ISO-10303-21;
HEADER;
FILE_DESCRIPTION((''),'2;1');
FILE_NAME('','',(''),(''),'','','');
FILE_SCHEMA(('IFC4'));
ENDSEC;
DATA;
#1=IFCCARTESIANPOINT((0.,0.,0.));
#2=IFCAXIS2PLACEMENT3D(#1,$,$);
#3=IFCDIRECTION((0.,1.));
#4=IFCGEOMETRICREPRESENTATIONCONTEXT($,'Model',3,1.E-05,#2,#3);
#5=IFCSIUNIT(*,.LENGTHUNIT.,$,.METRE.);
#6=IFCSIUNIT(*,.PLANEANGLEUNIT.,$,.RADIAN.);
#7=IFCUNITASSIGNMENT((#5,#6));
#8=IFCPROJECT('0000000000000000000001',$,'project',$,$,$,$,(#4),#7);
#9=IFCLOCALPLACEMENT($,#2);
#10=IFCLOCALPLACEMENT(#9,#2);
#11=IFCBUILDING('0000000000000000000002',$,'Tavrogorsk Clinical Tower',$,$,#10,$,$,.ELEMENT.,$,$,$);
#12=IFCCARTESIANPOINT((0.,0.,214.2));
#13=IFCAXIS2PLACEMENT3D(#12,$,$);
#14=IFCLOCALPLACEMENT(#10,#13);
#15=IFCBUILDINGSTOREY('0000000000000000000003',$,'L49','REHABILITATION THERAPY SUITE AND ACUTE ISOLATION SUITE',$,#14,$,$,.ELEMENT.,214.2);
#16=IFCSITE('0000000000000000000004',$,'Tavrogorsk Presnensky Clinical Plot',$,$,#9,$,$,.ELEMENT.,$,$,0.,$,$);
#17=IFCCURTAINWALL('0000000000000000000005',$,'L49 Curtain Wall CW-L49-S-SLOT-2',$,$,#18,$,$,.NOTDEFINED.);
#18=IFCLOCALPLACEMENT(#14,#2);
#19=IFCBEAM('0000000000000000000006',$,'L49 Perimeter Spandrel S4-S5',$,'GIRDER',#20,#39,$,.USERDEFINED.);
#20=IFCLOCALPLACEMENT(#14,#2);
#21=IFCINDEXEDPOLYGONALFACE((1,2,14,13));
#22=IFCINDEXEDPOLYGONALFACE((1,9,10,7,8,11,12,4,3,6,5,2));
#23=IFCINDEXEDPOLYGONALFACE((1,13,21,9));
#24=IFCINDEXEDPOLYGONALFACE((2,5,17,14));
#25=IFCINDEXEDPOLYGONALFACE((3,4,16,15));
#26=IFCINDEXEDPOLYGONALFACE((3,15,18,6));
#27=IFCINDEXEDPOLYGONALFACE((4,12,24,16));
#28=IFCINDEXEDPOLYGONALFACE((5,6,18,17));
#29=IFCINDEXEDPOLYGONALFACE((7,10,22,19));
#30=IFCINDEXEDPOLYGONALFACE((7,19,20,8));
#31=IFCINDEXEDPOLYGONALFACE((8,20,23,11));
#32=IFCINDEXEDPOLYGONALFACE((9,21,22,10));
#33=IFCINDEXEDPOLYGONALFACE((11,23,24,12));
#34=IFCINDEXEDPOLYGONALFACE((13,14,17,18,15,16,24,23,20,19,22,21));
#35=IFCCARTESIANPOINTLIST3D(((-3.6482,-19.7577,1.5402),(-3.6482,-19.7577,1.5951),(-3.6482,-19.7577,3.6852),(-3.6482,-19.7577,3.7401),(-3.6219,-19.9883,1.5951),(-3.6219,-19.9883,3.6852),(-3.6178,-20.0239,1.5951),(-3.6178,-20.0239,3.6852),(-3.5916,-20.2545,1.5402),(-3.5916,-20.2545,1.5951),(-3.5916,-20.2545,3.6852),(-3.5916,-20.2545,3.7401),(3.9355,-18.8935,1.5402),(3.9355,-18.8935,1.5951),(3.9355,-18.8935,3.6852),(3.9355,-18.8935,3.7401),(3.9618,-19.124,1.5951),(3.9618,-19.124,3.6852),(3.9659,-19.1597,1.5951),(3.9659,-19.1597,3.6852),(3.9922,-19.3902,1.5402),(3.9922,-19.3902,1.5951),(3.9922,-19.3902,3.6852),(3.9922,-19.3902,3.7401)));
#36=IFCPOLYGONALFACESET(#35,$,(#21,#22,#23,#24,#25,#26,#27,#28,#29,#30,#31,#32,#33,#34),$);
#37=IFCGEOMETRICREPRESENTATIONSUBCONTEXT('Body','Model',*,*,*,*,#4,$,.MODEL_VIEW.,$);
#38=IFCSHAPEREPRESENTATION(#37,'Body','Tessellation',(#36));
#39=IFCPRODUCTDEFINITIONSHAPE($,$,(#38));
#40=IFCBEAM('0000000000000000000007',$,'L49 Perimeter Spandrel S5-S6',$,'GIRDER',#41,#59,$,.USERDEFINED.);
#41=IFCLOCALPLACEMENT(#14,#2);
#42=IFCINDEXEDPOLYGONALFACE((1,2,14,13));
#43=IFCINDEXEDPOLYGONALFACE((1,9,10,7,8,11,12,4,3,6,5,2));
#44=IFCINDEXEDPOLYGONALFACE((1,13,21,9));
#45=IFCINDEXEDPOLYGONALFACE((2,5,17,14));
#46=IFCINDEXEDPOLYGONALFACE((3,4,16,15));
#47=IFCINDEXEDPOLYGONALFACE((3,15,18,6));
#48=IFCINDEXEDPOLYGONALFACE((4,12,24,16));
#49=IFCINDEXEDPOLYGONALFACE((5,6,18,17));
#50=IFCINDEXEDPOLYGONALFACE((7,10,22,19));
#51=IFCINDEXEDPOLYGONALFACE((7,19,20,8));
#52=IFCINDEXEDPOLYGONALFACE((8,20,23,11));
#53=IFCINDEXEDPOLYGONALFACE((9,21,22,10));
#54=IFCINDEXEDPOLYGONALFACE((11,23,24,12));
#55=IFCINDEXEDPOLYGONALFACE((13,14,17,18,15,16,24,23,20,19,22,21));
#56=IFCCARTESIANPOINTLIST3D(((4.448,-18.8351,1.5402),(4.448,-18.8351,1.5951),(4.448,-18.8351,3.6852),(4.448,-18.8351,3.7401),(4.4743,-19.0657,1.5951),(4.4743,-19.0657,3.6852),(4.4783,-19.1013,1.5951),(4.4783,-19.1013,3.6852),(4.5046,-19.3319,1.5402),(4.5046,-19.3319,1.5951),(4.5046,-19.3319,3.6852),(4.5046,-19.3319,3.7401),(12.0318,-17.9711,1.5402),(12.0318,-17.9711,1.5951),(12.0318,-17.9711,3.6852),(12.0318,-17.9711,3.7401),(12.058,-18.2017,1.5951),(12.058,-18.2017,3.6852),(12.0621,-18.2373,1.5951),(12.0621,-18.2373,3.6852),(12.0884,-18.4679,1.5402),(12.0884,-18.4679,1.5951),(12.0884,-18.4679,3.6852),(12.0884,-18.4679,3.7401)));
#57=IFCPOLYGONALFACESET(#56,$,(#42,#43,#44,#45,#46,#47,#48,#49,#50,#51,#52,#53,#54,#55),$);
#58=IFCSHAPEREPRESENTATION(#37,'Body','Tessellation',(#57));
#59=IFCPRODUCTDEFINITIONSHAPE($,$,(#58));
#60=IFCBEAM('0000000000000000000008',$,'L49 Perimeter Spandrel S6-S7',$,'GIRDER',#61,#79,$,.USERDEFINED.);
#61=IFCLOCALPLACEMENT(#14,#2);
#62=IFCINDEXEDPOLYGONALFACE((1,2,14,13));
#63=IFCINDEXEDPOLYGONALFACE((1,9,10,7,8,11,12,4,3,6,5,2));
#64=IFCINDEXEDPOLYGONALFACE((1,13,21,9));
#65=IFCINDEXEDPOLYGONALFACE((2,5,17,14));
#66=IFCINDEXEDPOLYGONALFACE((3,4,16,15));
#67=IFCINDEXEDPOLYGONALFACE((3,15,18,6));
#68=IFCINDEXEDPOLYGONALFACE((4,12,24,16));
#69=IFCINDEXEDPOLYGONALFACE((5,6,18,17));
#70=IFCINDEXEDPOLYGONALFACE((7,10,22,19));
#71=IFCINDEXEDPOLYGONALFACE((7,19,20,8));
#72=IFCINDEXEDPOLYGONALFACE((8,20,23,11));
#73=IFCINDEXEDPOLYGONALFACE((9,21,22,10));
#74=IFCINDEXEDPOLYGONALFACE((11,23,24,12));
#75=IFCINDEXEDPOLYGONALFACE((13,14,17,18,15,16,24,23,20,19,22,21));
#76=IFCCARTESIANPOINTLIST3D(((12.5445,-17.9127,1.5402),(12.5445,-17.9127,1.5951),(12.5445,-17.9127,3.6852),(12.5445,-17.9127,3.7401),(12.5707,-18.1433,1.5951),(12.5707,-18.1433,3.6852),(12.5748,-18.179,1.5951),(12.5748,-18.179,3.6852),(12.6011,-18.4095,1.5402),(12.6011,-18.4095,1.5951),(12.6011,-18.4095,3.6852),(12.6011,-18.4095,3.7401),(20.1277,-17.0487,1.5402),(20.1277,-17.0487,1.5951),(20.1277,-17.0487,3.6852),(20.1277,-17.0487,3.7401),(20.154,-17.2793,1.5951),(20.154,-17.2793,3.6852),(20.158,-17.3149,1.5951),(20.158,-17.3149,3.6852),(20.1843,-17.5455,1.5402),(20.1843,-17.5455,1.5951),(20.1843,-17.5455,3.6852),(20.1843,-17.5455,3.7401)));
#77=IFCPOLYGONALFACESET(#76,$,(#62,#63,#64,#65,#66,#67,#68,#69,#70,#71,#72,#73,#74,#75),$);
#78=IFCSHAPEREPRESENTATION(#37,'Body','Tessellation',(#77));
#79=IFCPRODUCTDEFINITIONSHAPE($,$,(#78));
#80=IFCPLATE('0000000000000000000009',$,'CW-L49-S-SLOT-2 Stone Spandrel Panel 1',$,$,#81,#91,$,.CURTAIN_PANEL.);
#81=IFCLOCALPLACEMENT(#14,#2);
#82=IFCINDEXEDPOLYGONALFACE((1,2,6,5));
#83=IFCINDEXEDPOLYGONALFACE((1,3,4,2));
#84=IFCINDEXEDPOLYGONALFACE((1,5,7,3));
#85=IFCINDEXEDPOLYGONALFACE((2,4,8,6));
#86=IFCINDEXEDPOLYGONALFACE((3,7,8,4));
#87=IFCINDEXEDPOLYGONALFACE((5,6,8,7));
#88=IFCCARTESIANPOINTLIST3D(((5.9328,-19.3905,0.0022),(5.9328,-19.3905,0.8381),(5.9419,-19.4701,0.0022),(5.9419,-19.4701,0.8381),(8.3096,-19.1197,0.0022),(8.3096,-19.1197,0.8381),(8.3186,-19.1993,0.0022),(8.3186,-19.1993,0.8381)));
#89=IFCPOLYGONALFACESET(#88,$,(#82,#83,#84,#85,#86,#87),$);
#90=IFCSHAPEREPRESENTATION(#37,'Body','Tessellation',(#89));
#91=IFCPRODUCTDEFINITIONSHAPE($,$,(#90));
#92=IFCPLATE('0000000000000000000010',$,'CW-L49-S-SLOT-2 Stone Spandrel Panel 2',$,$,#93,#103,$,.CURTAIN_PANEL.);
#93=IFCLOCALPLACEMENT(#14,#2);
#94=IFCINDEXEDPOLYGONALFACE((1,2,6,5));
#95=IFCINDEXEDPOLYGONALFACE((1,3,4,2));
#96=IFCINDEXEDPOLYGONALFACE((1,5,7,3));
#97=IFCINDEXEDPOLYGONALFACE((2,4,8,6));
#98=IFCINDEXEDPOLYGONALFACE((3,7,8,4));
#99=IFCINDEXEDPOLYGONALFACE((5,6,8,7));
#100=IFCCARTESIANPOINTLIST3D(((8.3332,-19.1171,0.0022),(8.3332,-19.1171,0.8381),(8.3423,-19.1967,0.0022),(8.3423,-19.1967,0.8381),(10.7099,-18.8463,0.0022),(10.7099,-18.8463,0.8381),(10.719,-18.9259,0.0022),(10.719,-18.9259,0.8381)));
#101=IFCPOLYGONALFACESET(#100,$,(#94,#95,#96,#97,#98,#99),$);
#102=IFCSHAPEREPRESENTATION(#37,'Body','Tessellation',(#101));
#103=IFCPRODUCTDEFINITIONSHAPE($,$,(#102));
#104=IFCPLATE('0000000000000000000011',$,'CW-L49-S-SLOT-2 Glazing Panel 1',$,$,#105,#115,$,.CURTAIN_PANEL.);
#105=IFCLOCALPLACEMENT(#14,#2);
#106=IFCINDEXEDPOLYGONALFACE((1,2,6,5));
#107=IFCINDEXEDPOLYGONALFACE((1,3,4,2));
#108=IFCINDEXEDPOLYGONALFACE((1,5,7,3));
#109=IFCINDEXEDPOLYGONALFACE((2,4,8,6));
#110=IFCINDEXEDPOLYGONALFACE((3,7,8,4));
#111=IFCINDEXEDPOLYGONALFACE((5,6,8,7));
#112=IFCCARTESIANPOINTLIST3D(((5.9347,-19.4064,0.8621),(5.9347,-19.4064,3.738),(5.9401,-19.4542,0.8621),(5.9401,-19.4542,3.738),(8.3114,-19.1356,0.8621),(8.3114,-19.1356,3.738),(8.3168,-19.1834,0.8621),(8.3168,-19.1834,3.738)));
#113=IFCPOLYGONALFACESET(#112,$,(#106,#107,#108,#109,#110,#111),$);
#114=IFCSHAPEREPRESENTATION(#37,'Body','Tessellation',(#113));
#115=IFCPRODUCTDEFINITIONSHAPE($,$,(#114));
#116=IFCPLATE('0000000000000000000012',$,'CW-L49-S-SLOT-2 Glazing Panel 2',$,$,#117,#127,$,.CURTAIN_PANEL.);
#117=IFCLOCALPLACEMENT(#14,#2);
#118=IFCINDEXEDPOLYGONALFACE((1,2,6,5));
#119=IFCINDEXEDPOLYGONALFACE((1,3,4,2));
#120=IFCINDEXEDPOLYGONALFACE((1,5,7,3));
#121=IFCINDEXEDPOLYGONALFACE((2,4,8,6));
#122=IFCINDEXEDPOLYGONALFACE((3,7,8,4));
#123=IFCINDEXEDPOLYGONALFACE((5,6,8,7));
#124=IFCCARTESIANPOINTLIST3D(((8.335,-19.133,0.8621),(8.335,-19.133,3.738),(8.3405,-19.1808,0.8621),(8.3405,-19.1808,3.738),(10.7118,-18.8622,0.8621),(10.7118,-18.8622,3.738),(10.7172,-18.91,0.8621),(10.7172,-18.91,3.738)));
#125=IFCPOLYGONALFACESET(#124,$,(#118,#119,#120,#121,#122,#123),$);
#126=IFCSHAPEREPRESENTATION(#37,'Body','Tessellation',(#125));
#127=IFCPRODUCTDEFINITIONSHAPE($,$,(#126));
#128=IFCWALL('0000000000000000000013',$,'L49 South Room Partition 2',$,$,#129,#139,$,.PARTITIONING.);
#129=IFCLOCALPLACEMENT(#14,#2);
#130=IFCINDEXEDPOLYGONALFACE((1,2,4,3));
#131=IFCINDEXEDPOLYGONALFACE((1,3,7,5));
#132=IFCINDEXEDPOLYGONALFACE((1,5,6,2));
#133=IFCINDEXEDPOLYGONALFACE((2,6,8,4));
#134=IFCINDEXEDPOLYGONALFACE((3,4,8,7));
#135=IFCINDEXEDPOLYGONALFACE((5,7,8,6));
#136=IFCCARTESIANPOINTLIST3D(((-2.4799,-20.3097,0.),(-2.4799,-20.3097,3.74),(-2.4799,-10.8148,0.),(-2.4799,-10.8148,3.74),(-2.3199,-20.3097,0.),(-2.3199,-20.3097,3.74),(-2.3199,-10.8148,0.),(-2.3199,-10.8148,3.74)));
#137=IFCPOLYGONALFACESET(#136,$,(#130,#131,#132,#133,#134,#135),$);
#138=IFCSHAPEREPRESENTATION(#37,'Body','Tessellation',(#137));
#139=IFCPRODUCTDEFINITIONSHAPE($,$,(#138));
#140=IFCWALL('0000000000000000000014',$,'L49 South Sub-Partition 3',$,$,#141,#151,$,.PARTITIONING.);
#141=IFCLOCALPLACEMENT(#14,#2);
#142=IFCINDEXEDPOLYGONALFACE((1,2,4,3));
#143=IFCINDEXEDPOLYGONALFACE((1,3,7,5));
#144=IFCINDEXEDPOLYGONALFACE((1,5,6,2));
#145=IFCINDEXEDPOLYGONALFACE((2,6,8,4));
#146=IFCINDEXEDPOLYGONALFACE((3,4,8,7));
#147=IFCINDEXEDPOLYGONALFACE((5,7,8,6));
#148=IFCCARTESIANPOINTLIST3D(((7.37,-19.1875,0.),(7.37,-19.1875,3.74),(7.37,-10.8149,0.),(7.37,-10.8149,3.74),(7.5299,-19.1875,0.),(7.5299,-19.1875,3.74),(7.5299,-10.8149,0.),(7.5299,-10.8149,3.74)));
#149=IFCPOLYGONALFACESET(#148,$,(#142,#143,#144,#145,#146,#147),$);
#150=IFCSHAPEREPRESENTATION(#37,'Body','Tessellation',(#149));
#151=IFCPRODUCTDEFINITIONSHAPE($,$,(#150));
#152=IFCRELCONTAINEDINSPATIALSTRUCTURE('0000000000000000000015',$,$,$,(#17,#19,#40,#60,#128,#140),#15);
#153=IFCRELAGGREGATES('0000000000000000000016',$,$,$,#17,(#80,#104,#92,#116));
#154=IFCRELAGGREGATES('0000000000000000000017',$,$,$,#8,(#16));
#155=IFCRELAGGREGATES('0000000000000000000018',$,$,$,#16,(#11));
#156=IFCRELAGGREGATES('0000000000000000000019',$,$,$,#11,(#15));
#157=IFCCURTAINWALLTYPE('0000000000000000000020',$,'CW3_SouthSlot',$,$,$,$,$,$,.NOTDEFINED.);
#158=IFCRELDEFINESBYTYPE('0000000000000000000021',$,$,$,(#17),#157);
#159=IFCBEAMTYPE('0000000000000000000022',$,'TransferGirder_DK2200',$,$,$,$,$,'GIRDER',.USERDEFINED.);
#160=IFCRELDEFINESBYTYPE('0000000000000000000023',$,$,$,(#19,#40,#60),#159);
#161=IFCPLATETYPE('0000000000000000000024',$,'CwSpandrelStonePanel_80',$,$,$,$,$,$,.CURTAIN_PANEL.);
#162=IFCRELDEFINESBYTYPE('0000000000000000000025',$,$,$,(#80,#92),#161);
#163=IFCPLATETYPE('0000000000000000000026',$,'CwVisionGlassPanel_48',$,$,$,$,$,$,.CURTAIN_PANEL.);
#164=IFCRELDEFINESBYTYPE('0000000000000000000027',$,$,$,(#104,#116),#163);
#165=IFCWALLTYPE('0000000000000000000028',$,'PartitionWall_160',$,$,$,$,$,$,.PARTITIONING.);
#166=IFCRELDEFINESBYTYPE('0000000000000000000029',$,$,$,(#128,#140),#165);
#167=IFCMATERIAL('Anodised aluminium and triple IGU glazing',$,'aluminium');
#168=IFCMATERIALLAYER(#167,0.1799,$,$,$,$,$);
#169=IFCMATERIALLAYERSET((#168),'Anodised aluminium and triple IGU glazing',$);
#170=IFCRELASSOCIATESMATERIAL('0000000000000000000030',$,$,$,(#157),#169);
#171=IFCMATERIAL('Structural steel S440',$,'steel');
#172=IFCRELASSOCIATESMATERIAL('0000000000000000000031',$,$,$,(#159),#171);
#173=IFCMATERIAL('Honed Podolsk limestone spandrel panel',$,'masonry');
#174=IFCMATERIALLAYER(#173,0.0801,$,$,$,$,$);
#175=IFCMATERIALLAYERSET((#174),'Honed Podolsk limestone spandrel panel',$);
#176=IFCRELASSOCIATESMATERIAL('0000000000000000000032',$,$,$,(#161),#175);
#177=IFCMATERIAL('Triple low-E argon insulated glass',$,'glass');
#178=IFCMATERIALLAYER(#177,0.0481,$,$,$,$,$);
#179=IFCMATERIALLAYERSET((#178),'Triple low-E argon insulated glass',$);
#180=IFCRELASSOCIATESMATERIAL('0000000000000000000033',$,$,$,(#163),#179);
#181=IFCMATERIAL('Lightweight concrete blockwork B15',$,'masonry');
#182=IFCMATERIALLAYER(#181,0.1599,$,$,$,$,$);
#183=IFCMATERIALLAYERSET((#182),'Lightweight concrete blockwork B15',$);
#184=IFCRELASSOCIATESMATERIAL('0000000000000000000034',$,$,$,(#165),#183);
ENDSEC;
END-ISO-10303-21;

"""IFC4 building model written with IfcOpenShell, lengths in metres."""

from ifc_helpers import new_model, si_unit, direction, frame, frame_2d, origin, origin_2d, place, context, subcontext, project, spatial, rectangle, i_section, extrude, material, layer, layer_set, material_profile, profile_set, type_object, element, aggregate, save


model = new_model("IFC4")

# Units and contexts
model_context = context("Model", 3, precision=1e-05, world=origin(), true_north=direction((0.0, 1.0)))
body_context = subcontext(model_context, "Body", "Model", "MODEL_VIEW")
ifc_project = project(units=[si_unit("LENGTHUNIT", "METRE"), si_unit("PLANEANGLEUNIT", "RADIAN")], contexts=[model_context])

# Site, building, storey
site_placement = place(None, origin())
site = spatial("IfcSite", under=ifc_project, at=site_placement, Name="Tavrogorsk Presnensky Clinical Plot", CompositionType="ELEMENT", RefElevation=0.0)
building_placement = place(site_placement, origin())
building = spatial("IfcBuilding", under=site, at=building_placement, Name="Tavrogorsk Clinical Tower", CompositionType="ELEMENT")
storey_placement = place(building_placement, frame((0.0, 0.0, 214.2)))
storey = spatial("IfcBuildingStorey", under=building, at=storey_placement, Name="L49", Description="REHABILITATION THERAPY SUITE AND ACUTE ISOLATION SUITE", CompositionType="ELEMENT", Elevation=214.2)

# Curtain wall
ifc_material_1 = material(Name="Anodised aluminium and triple IGU glazing", Category="aluminium")
ifc_layer_1 = layer(ifc_material_1, 0.1799)
ifc_layer_set_1 = layer_set([ifc_layer_1], Name="Anodised aluminium and triple IGU glazing")
curtain_wall_type = type_object("IfcCurtainWallType", Name="CW3_SouthSlot", PredefinedType="NOTDEFINED", material=ifc_layer_set_1)
curtain_wall_placement = place(storey_placement, origin())
curtain_wall = element("IfcCurtainWall", 1, at=curtain_wall_placement, inside=storey, type_object=curtain_wall_type, Name="L49 Curtain Wall CW-L49-S-SLOT-2", PredefinedType="NOTDEFINED")

# Beams
ifc_material_2 = material(Name="Structural steel S440", Category="steel")
ifc_material_profile_1 = material_profile(ifc_material_2, i_section(OverallWidth=0.5, OverallDepth=2.2, WebThickness=0.0359, FlangeThickness=0.0549, at=origin_2d()), Name="DK-2200x500x36x55")
ifc_profile_set_1 = profile_set([ifc_material_profile_1], Name="Structural steel S440")
beam_type = type_object("IfcBeamType", Name="TransferGirder_DK2200", ElementType="GIRDER", PredefinedType="USERDEFINED", material=ifc_profile_set_1)
for number, where, z_axis, x_axis, name in (
    (2, (-3.6199, -20.0061, 2.6401), (0.993569, 0.113229, 0.0), (-0.113229, 0.993569, 0.0), "L49 Perimeter Spandrel S4-S5"),
    (3, (4.4763, -19.0835, 2.6401), (0.993573, 0.113197, 0.0), (-0.113197, 0.993573, 0.0), "L49 Perimeter Spandrel S5-S6"),
):
    element("IfcBeam", number, at=place(storey_placement, frame(where, z_axis=z_axis, x_axis=x_axis)), inside=storey, type_object=beam_type, Name=name, ObjectType="GIRDER", PredefinedType="USERDEFINED", context=body_context, shape_type="SweptSolid", body=[
        extrude(i_section(OverallWidth=0.5, OverallDepth=2.2, WebThickness=0.0359, FlangeThickness=0.0549, at=origin_2d()), origin(), (0.0, 0.0, 1.0), 7.6328),
    ])
beam_placement = place(storey_placement, frame((12.5728, -18.1611, 2.6401), z_axis=(0.993572, 0.113205, 0.0), x_axis=(-0.113205, 0.993572, 0.0)))
element("IfcBeam", 4, at=beam_placement, inside=storey, type_object=beam_type, Name="L49 Perimeter Spandrel S6-S7", ObjectType="GIRDER", PredefinedType="USERDEFINED", context=body_context, shape_type="SweptSolid", body=[
    extrude(i_section(OverallWidth=0.5, OverallDepth=2.2, WebThickness=0.0359, FlangeThickness=0.0549, at=origin_2d()), origin(), (0.0, 0.0, 1.0), 7.6323),
])

# Plates
ifc_material_3 = material(Name="Honed Podolsk limestone spandrel panel", Category="masonry")
ifc_layer_2 = layer(ifc_material_3, 0.0801)
ifc_layer_set_2 = layer_set([ifc_layer_2], Name="Honed Podolsk limestone spandrel panel")
plate_type_1 = type_object("IfcPlateType", Name="CwSpandrelStonePanel_80", PredefinedType="CURTAIN_PANEL", material=ifc_layer_set_2)
plate_1_placement = place(storey_placement, frame((7.1257, -19.2949, 0.0022), z_axis=(0.0, 0.0, 1.0), x_axis=(0.993572, 0.113203, 0.0)))
plate_1 = element("IfcPlate", 5, at=plate_1_placement, type_object=plate_type_1, Name="CW-L49-S-SLOT-2 Stone Spandrel Panel 1", PredefinedType="CURTAIN_PANEL", context=body_context, shape_type="SweptSolid", body=[
    extrude(rectangle(XDim=2.3921, YDim=0.0801, at=origin_2d()), origin(), (0.0, 0.0, 1.0), 0.8359),
])
plate_2_placement = place(storey_placement, frame((9.5261, -19.0215, 0.0022), z_axis=(0.0, 0.0, 1.0), x_axis=(0.993572, 0.113203, 0.0)))
plate_2 = element("IfcPlate", 6, at=plate_2_placement, type_object=plate_type_1, Name="CW-L49-S-SLOT-2 Stone Spandrel Panel 2", PredefinedType="CURTAIN_PANEL", context=body_context, shape_type="SweptSolid", body=[
    extrude(rectangle(XDim=2.3921, YDim=0.0801, at=origin_2d()), origin(), (0.0, 0.0, 1.0), 0.8359),
])
ifc_material_4 = material(Name="Triple low-E argon insulated glass", Category="glass")
ifc_layer_3 = layer(ifc_material_4, 0.0481)
ifc_layer_set_3 = layer_set([ifc_layer_3], Name="Triple low-E argon insulated glass")
plate_type_2 = type_object("IfcPlateType", Name="CwVisionGlassPanel_48", PredefinedType="CURTAIN_PANEL", material=ifc_layer_set_3)
plate_3_placement = place(storey_placement, frame((7.1257, -19.2949, 0.8621), z_axis=(0.0, 0.0, 1.0), x_axis=(0.993572, 0.113203, 0.0)))
plate_3 = element("IfcPlate", 7, at=plate_3_placement, type_object=plate_type_2, Name="CW-L49-S-SLOT-2 Glazing Panel 1", PredefinedType="CURTAIN_PANEL", context=body_context, shape_type="SweptSolid", body=[
    extrude(rectangle(XDim=2.3921, YDim=0.0481, at=origin_2d()), origin(), (0.0, 0.0, 1.0), 2.876),
])
plate_4_placement = place(storey_placement, frame((9.5261, -19.0215, 0.8621), z_axis=(0.0, 0.0, 1.0), x_axis=(0.993572, 0.113203, 0.0)))
plate_4 = element("IfcPlate", 8, at=plate_4_placement, type_object=plate_type_2, Name="CW-L49-S-SLOT-2 Glazing Panel 2", PredefinedType="CURTAIN_PANEL", context=body_context, shape_type="SweptSolid", body=[
    extrude(rectangle(XDim=2.3921, YDim=0.0481, at=origin_2d()), origin(), (0.0, 0.0, 1.0), 2.876),
])
aggregate(curtain_wall, [plate_1, plate_3, plate_2, plate_4])

# Walls
ifc_material_5 = material(Name="Lightweight concrete blockwork B15", Category="masonry")
ifc_layer_4 = layer(ifc_material_5, 0.1599)
ifc_layer_set_4 = layer_set([ifc_layer_4], Name="Lightweight concrete blockwork B15")
wall_type_1 = type_object("IfcWallType", Name="PartitionWall_160", PredefinedType="PARTITIONING", material=ifc_layer_set_4)
wall_1_placement = place(storey_placement, frame((-2.3999, -20.3098, 0.0), z_axis=(0.0, 0.0, 1.0), x_axis=(0.0, 1.0, 0.0)))
element("IfcWall", 9, at=wall_1_placement, inside=storey, type_object=wall_type_1, Name="L49 South Room Partition 2", PredefinedType="PARTITIONING", context=body_context, shape_type="SweptSolid", body=[
    extrude(rectangle(XDim=9.4949, YDim=0.1599, at=frame_2d((4.7476, 0.0))), origin(), (0.0, 0.0, 1.0), 3.74),
])
wall_2_placement = place(storey_placement, frame((7.45, -19.1875, 0.0), z_axis=(0.0, 0.0, 1.0), x_axis=(0.0, 1.0, 0.0)))
element("IfcWall", 10, at=wall_2_placement, inside=storey, type_object=wall_type_1, Name="L49 South Sub-Partition 3", PredefinedType="PARTITIONING", context=body_context, shape_type="SweptSolid", body=[
    extrude(rectangle(XDim=8.3726, YDim=0.1599, at=frame_2d((4.1863, 0.0))), origin(), (0.0, 0.0, 1.0), 3.74),
])

save(model, "model.ifc")
